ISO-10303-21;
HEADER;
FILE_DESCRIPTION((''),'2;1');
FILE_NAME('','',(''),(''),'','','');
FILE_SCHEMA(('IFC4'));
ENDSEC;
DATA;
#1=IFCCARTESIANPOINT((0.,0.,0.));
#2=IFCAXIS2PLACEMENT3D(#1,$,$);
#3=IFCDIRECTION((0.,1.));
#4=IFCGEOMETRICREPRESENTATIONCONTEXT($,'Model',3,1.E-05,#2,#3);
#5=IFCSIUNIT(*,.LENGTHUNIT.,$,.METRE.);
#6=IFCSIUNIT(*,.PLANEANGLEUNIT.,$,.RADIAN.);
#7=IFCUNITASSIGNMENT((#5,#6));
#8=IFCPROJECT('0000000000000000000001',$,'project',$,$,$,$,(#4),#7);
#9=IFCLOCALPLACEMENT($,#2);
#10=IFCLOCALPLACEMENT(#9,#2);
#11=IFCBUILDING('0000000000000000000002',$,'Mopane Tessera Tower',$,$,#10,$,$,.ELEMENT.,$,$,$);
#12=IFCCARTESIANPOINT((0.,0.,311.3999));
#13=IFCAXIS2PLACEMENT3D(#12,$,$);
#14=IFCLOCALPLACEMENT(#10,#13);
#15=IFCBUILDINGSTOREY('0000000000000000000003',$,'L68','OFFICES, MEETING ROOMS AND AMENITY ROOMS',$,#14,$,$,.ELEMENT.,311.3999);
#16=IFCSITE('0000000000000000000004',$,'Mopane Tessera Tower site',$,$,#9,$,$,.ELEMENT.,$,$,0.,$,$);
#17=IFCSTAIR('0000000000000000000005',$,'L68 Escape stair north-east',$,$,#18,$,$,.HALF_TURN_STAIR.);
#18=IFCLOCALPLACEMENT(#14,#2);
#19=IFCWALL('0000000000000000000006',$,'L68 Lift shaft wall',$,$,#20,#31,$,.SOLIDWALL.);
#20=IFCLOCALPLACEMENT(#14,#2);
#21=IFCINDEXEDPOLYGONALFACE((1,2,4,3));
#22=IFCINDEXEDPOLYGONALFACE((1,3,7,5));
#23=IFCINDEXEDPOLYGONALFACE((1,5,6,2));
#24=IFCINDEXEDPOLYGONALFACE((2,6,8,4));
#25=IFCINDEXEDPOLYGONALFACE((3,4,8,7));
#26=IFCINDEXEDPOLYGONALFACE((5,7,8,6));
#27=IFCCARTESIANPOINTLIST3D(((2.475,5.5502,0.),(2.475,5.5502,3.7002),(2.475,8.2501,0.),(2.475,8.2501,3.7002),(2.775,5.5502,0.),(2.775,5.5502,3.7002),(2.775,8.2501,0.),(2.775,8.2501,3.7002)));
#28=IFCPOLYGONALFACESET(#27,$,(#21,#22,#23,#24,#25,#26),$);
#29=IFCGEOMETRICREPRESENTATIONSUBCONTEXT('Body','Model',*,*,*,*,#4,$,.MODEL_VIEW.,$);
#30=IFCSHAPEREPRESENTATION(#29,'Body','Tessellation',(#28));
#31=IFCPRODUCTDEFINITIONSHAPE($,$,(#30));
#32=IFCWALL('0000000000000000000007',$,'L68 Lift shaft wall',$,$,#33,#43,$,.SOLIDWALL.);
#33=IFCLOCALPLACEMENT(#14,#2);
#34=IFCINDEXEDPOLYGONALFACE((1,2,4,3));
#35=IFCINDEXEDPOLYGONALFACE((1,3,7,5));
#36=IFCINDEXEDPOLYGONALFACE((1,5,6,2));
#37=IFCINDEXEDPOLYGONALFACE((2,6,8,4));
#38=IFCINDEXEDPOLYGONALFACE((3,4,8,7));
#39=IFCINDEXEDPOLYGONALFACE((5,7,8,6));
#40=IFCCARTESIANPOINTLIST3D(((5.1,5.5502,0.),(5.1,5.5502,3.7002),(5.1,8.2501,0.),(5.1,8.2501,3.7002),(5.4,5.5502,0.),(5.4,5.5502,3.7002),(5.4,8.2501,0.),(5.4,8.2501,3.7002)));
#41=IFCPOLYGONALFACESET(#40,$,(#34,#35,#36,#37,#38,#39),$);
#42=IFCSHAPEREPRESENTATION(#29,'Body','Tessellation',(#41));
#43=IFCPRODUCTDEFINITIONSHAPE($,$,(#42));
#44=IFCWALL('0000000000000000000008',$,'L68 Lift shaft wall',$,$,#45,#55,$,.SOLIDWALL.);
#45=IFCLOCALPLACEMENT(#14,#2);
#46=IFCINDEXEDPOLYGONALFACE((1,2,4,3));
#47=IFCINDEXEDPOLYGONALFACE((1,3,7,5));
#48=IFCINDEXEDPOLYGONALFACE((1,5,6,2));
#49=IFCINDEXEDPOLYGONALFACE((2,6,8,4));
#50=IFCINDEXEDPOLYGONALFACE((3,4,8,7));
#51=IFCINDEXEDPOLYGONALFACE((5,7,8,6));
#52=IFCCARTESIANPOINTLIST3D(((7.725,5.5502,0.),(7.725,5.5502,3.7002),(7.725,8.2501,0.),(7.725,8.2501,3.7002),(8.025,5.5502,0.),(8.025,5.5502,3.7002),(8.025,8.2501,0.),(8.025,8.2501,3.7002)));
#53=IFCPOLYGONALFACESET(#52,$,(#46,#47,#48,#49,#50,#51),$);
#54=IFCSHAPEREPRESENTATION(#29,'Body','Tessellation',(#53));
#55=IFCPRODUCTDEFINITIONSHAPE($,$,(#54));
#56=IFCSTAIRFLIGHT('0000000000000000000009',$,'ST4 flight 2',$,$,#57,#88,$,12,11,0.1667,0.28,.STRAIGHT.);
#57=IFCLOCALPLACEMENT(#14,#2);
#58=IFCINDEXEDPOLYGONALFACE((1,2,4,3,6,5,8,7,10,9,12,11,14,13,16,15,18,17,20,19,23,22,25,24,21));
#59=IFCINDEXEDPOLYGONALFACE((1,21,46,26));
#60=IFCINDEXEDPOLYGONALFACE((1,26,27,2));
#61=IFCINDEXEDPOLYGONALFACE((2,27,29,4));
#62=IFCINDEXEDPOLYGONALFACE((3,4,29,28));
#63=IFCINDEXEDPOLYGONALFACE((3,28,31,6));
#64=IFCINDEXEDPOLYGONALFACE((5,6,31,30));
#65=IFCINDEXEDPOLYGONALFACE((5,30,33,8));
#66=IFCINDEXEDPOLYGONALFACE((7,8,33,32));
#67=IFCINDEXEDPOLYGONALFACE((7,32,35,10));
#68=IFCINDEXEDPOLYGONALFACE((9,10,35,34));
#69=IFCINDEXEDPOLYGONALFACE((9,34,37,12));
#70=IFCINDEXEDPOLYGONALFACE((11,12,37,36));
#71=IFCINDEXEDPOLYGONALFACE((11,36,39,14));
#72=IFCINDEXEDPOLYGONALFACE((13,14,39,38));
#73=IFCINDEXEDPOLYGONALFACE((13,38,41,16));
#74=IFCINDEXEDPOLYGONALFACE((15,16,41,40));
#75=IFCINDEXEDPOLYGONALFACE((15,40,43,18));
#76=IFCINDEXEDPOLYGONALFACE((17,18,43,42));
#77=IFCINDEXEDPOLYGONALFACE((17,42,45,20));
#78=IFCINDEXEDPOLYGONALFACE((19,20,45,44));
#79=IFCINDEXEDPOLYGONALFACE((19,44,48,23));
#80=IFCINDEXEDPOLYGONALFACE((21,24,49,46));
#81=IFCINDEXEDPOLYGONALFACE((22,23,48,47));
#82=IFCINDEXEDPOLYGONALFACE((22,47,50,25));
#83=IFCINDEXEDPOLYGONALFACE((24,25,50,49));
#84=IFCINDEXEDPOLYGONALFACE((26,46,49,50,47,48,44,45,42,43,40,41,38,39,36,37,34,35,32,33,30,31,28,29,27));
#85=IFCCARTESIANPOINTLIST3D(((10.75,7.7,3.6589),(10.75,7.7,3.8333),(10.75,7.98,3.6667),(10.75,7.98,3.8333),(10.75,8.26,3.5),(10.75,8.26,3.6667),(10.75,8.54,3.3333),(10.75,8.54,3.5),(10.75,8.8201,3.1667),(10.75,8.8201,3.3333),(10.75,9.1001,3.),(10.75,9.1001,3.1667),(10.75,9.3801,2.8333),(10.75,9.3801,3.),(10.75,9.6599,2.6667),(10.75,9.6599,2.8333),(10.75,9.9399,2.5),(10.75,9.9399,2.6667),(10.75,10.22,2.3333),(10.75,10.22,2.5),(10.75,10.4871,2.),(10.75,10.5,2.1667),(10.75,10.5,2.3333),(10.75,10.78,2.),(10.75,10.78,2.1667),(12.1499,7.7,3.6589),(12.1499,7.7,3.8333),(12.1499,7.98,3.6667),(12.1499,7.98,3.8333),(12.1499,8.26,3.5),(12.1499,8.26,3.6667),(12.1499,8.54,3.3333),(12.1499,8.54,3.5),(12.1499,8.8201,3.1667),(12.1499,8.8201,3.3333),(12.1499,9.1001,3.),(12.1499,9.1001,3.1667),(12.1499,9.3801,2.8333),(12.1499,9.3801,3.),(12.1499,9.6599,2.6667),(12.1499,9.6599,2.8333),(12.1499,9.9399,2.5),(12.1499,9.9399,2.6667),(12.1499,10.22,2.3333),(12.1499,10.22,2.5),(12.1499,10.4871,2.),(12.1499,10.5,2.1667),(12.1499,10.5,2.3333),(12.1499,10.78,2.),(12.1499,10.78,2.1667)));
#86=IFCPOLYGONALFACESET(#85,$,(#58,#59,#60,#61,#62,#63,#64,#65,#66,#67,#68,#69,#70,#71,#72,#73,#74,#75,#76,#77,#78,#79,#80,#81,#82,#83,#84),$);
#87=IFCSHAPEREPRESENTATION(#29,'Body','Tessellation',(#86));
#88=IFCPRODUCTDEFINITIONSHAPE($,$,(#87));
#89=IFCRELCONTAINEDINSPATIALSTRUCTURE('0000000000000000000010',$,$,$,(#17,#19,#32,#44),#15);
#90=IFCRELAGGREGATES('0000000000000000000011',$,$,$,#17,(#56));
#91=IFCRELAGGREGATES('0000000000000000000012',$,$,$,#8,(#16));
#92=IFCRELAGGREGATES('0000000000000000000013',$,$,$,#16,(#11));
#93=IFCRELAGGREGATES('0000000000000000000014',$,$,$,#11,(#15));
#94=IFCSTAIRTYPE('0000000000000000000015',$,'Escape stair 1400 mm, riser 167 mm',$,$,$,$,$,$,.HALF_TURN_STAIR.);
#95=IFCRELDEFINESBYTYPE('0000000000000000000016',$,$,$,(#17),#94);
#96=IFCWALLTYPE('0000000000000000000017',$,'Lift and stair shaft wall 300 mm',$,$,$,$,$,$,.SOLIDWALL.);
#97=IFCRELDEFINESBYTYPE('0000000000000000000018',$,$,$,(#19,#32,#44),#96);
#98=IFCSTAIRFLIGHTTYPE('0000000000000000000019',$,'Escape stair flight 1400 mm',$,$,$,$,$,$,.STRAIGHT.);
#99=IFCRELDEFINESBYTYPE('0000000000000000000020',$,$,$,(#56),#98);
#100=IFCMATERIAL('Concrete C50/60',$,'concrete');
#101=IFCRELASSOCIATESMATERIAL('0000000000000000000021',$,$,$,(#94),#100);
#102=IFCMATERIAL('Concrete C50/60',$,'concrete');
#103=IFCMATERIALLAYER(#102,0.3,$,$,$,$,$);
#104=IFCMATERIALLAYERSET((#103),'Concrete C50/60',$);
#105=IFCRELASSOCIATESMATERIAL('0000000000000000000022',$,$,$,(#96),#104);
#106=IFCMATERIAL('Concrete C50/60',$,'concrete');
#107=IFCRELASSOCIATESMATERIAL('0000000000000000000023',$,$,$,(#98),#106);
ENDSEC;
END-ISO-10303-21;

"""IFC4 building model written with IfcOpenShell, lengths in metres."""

from ifc_helpers import new_model, si_unit, direction, frame, frame_2d, origin, place, context, subcontext, project, spatial, polyline, rectangle, outline, extrude, material, layer, layer_set, type_object, element, aggregate, save


model = new_model("IFC4")

# Units and contexts
model_context = context("Model", 3, precision=1e-05, world=origin(), true_north=direction((0.0, 1.0)))
body_context = subcontext(model_context, "Body", "Model", "MODEL_VIEW")
ifc_project = project(units=[si_unit("LENGTHUNIT", "METRE"), si_unit("PLANEANGLEUNIT", "RADIAN")], contexts=[model_context])

# Site, building, storey
site_placement = place(None, origin())
site = spatial("IfcSite", under=ifc_project, at=site_placement, Name="Mopane Tessera Tower site", CompositionType="ELEMENT", RefElevation=0.0)
building_placement = place(site_placement, origin())
building = spatial("IfcBuilding", under=site, at=building_placement, Name="Mopane Tessera Tower", CompositionType="ELEMENT")
storey_placement = place(building_placement, frame((0.0, 0.0, 311.3999)))
storey = spatial("IfcBuildingStorey", under=building, at=storey_placement, Name="L68", Description="OFFICES, MEETING ROOMS AND AMENITY ROOMS", CompositionType="ELEMENT", Elevation=311.3999)

# Stair
ifc_material_1 = material(Name="Concrete C50/60", Category="concrete")
stair_type = type_object("IfcStairType", Name="Escape stair 1400 mm, riser 167 mm", PredefinedType="HALF_TURN_STAIR", material=ifc_material_1)
stair_1_placement = place(storey_placement, origin())
stair_1 = element("IfcStair", 1, at=stair_1_placement, inside=storey, type_object=stair_type, Name="L68 Escape stair north-east", PredefinedType="HALF_TURN_STAIR")

# Shared definitions
ifc_material_2 = material(Name="Concrete C50/60", Category="concrete")
ifc_layer_1 = layer(ifc_material_2, 0.3)
ifc_layer_set_1 = layer_set([ifc_layer_1], Name="Concrete C50/60")
wall_type_1 = type_object("IfcWallType", Name="Lift and stair shaft wall 300 mm", PredefinedType="SOLIDWALL", material=ifc_layer_set_1)

# Walls
for number, where, z_axis, x_axis, name in (
    (2, (2.625, 5.55, 0.0), (0.0, 0.0, 1.0), (0.0, 1.0, 0.0), "L68 Lift shaft wall"),
    (3, (5.25, 5.55, 0.0), (0.0, 0.0, 1.0), (0.0, 1.0, 0.0), "L68 Lift shaft wall"),
    (4, (7.875, 5.55, 0.0), (0.0, 0.0, 1.0), (0.0, 1.0, 0.0), "L68 Lift shaft wall"),
):
    element("IfcWall", number, at=place(storey_placement, frame(where, z_axis=z_axis, x_axis=x_axis)), inside=storey, type_object=wall_type_1, Name=name, PredefinedType="SOLIDWALL", context=body_context, shape_type="SweptSolid", body=[
        extrude(rectangle(XDim=2.7, YDim=0.3, at=frame_2d((1.3501, 0.0))), origin(), (0.0, 0.0, 1.0), 3.7002),
    ])

# Stair flight
ifc_material_3 = material(Name="Concrete C50/60", Category="concrete")
stair_flight_type = type_object("IfcStairFlightType", Name="Escape stair flight 1400 mm", PredefinedType="STRAIGHT", material=ifc_material_3)
stair_flight_placement = place(storey_placement, frame((11.45, 10.78, 2.0), z_axis=(0.0, 0.0, 1.0), x_axis=(0.0, -1.0, 0.0)))
stair_flight = element("IfcStairFlight", 5, at=stair_flight_placement, type_object=stair_flight_type, Name="ST4 flight 2", NumberOfRisers=12, NumberOfTreads=11, PredefinedType="STRAIGHT", RiserHeight=0.1667, TreadLength=0.28, context=body_context, shape_type="SweptSolid", body=[
    extrude(outline(polyline([(0.0, 0.0), (0.0, 0.1667), (0.28, 0.1667), (0.28, 0.3333), (0.5601, 0.3333), (0.5601, 0.5), (0.8401, 0.5), (0.8401, 0.6667), (1.1201, 0.6667), (1.1201, 0.8333), (1.3999, 0.8333), (1.3999, 1.0), (1.6799, 1.0), (1.6799, 1.1667), (1.96, 1.1667), (1.96, 1.3333), (2.24, 1.3333), (2.24, 1.5), (2.52, 1.5), (2.52, 1.6667), (2.8, 1.6667), (2.8, 1.8333), (3.0801, 1.8333), (3.0801, 2.0), (3.0801, 1.6589), (0.293, 0.0), (0.0, 0.0)])), frame((0.0, 0.7, 0.0), z_axis=(0.0, -1.0, 0.0), x_axis=(1.0, 0.0, 0.0)), (0.0, 0.0, 1.0), 1.3999),
])
aggregate(stair_1, [stair_flight])

save(model, "model.ifc")
